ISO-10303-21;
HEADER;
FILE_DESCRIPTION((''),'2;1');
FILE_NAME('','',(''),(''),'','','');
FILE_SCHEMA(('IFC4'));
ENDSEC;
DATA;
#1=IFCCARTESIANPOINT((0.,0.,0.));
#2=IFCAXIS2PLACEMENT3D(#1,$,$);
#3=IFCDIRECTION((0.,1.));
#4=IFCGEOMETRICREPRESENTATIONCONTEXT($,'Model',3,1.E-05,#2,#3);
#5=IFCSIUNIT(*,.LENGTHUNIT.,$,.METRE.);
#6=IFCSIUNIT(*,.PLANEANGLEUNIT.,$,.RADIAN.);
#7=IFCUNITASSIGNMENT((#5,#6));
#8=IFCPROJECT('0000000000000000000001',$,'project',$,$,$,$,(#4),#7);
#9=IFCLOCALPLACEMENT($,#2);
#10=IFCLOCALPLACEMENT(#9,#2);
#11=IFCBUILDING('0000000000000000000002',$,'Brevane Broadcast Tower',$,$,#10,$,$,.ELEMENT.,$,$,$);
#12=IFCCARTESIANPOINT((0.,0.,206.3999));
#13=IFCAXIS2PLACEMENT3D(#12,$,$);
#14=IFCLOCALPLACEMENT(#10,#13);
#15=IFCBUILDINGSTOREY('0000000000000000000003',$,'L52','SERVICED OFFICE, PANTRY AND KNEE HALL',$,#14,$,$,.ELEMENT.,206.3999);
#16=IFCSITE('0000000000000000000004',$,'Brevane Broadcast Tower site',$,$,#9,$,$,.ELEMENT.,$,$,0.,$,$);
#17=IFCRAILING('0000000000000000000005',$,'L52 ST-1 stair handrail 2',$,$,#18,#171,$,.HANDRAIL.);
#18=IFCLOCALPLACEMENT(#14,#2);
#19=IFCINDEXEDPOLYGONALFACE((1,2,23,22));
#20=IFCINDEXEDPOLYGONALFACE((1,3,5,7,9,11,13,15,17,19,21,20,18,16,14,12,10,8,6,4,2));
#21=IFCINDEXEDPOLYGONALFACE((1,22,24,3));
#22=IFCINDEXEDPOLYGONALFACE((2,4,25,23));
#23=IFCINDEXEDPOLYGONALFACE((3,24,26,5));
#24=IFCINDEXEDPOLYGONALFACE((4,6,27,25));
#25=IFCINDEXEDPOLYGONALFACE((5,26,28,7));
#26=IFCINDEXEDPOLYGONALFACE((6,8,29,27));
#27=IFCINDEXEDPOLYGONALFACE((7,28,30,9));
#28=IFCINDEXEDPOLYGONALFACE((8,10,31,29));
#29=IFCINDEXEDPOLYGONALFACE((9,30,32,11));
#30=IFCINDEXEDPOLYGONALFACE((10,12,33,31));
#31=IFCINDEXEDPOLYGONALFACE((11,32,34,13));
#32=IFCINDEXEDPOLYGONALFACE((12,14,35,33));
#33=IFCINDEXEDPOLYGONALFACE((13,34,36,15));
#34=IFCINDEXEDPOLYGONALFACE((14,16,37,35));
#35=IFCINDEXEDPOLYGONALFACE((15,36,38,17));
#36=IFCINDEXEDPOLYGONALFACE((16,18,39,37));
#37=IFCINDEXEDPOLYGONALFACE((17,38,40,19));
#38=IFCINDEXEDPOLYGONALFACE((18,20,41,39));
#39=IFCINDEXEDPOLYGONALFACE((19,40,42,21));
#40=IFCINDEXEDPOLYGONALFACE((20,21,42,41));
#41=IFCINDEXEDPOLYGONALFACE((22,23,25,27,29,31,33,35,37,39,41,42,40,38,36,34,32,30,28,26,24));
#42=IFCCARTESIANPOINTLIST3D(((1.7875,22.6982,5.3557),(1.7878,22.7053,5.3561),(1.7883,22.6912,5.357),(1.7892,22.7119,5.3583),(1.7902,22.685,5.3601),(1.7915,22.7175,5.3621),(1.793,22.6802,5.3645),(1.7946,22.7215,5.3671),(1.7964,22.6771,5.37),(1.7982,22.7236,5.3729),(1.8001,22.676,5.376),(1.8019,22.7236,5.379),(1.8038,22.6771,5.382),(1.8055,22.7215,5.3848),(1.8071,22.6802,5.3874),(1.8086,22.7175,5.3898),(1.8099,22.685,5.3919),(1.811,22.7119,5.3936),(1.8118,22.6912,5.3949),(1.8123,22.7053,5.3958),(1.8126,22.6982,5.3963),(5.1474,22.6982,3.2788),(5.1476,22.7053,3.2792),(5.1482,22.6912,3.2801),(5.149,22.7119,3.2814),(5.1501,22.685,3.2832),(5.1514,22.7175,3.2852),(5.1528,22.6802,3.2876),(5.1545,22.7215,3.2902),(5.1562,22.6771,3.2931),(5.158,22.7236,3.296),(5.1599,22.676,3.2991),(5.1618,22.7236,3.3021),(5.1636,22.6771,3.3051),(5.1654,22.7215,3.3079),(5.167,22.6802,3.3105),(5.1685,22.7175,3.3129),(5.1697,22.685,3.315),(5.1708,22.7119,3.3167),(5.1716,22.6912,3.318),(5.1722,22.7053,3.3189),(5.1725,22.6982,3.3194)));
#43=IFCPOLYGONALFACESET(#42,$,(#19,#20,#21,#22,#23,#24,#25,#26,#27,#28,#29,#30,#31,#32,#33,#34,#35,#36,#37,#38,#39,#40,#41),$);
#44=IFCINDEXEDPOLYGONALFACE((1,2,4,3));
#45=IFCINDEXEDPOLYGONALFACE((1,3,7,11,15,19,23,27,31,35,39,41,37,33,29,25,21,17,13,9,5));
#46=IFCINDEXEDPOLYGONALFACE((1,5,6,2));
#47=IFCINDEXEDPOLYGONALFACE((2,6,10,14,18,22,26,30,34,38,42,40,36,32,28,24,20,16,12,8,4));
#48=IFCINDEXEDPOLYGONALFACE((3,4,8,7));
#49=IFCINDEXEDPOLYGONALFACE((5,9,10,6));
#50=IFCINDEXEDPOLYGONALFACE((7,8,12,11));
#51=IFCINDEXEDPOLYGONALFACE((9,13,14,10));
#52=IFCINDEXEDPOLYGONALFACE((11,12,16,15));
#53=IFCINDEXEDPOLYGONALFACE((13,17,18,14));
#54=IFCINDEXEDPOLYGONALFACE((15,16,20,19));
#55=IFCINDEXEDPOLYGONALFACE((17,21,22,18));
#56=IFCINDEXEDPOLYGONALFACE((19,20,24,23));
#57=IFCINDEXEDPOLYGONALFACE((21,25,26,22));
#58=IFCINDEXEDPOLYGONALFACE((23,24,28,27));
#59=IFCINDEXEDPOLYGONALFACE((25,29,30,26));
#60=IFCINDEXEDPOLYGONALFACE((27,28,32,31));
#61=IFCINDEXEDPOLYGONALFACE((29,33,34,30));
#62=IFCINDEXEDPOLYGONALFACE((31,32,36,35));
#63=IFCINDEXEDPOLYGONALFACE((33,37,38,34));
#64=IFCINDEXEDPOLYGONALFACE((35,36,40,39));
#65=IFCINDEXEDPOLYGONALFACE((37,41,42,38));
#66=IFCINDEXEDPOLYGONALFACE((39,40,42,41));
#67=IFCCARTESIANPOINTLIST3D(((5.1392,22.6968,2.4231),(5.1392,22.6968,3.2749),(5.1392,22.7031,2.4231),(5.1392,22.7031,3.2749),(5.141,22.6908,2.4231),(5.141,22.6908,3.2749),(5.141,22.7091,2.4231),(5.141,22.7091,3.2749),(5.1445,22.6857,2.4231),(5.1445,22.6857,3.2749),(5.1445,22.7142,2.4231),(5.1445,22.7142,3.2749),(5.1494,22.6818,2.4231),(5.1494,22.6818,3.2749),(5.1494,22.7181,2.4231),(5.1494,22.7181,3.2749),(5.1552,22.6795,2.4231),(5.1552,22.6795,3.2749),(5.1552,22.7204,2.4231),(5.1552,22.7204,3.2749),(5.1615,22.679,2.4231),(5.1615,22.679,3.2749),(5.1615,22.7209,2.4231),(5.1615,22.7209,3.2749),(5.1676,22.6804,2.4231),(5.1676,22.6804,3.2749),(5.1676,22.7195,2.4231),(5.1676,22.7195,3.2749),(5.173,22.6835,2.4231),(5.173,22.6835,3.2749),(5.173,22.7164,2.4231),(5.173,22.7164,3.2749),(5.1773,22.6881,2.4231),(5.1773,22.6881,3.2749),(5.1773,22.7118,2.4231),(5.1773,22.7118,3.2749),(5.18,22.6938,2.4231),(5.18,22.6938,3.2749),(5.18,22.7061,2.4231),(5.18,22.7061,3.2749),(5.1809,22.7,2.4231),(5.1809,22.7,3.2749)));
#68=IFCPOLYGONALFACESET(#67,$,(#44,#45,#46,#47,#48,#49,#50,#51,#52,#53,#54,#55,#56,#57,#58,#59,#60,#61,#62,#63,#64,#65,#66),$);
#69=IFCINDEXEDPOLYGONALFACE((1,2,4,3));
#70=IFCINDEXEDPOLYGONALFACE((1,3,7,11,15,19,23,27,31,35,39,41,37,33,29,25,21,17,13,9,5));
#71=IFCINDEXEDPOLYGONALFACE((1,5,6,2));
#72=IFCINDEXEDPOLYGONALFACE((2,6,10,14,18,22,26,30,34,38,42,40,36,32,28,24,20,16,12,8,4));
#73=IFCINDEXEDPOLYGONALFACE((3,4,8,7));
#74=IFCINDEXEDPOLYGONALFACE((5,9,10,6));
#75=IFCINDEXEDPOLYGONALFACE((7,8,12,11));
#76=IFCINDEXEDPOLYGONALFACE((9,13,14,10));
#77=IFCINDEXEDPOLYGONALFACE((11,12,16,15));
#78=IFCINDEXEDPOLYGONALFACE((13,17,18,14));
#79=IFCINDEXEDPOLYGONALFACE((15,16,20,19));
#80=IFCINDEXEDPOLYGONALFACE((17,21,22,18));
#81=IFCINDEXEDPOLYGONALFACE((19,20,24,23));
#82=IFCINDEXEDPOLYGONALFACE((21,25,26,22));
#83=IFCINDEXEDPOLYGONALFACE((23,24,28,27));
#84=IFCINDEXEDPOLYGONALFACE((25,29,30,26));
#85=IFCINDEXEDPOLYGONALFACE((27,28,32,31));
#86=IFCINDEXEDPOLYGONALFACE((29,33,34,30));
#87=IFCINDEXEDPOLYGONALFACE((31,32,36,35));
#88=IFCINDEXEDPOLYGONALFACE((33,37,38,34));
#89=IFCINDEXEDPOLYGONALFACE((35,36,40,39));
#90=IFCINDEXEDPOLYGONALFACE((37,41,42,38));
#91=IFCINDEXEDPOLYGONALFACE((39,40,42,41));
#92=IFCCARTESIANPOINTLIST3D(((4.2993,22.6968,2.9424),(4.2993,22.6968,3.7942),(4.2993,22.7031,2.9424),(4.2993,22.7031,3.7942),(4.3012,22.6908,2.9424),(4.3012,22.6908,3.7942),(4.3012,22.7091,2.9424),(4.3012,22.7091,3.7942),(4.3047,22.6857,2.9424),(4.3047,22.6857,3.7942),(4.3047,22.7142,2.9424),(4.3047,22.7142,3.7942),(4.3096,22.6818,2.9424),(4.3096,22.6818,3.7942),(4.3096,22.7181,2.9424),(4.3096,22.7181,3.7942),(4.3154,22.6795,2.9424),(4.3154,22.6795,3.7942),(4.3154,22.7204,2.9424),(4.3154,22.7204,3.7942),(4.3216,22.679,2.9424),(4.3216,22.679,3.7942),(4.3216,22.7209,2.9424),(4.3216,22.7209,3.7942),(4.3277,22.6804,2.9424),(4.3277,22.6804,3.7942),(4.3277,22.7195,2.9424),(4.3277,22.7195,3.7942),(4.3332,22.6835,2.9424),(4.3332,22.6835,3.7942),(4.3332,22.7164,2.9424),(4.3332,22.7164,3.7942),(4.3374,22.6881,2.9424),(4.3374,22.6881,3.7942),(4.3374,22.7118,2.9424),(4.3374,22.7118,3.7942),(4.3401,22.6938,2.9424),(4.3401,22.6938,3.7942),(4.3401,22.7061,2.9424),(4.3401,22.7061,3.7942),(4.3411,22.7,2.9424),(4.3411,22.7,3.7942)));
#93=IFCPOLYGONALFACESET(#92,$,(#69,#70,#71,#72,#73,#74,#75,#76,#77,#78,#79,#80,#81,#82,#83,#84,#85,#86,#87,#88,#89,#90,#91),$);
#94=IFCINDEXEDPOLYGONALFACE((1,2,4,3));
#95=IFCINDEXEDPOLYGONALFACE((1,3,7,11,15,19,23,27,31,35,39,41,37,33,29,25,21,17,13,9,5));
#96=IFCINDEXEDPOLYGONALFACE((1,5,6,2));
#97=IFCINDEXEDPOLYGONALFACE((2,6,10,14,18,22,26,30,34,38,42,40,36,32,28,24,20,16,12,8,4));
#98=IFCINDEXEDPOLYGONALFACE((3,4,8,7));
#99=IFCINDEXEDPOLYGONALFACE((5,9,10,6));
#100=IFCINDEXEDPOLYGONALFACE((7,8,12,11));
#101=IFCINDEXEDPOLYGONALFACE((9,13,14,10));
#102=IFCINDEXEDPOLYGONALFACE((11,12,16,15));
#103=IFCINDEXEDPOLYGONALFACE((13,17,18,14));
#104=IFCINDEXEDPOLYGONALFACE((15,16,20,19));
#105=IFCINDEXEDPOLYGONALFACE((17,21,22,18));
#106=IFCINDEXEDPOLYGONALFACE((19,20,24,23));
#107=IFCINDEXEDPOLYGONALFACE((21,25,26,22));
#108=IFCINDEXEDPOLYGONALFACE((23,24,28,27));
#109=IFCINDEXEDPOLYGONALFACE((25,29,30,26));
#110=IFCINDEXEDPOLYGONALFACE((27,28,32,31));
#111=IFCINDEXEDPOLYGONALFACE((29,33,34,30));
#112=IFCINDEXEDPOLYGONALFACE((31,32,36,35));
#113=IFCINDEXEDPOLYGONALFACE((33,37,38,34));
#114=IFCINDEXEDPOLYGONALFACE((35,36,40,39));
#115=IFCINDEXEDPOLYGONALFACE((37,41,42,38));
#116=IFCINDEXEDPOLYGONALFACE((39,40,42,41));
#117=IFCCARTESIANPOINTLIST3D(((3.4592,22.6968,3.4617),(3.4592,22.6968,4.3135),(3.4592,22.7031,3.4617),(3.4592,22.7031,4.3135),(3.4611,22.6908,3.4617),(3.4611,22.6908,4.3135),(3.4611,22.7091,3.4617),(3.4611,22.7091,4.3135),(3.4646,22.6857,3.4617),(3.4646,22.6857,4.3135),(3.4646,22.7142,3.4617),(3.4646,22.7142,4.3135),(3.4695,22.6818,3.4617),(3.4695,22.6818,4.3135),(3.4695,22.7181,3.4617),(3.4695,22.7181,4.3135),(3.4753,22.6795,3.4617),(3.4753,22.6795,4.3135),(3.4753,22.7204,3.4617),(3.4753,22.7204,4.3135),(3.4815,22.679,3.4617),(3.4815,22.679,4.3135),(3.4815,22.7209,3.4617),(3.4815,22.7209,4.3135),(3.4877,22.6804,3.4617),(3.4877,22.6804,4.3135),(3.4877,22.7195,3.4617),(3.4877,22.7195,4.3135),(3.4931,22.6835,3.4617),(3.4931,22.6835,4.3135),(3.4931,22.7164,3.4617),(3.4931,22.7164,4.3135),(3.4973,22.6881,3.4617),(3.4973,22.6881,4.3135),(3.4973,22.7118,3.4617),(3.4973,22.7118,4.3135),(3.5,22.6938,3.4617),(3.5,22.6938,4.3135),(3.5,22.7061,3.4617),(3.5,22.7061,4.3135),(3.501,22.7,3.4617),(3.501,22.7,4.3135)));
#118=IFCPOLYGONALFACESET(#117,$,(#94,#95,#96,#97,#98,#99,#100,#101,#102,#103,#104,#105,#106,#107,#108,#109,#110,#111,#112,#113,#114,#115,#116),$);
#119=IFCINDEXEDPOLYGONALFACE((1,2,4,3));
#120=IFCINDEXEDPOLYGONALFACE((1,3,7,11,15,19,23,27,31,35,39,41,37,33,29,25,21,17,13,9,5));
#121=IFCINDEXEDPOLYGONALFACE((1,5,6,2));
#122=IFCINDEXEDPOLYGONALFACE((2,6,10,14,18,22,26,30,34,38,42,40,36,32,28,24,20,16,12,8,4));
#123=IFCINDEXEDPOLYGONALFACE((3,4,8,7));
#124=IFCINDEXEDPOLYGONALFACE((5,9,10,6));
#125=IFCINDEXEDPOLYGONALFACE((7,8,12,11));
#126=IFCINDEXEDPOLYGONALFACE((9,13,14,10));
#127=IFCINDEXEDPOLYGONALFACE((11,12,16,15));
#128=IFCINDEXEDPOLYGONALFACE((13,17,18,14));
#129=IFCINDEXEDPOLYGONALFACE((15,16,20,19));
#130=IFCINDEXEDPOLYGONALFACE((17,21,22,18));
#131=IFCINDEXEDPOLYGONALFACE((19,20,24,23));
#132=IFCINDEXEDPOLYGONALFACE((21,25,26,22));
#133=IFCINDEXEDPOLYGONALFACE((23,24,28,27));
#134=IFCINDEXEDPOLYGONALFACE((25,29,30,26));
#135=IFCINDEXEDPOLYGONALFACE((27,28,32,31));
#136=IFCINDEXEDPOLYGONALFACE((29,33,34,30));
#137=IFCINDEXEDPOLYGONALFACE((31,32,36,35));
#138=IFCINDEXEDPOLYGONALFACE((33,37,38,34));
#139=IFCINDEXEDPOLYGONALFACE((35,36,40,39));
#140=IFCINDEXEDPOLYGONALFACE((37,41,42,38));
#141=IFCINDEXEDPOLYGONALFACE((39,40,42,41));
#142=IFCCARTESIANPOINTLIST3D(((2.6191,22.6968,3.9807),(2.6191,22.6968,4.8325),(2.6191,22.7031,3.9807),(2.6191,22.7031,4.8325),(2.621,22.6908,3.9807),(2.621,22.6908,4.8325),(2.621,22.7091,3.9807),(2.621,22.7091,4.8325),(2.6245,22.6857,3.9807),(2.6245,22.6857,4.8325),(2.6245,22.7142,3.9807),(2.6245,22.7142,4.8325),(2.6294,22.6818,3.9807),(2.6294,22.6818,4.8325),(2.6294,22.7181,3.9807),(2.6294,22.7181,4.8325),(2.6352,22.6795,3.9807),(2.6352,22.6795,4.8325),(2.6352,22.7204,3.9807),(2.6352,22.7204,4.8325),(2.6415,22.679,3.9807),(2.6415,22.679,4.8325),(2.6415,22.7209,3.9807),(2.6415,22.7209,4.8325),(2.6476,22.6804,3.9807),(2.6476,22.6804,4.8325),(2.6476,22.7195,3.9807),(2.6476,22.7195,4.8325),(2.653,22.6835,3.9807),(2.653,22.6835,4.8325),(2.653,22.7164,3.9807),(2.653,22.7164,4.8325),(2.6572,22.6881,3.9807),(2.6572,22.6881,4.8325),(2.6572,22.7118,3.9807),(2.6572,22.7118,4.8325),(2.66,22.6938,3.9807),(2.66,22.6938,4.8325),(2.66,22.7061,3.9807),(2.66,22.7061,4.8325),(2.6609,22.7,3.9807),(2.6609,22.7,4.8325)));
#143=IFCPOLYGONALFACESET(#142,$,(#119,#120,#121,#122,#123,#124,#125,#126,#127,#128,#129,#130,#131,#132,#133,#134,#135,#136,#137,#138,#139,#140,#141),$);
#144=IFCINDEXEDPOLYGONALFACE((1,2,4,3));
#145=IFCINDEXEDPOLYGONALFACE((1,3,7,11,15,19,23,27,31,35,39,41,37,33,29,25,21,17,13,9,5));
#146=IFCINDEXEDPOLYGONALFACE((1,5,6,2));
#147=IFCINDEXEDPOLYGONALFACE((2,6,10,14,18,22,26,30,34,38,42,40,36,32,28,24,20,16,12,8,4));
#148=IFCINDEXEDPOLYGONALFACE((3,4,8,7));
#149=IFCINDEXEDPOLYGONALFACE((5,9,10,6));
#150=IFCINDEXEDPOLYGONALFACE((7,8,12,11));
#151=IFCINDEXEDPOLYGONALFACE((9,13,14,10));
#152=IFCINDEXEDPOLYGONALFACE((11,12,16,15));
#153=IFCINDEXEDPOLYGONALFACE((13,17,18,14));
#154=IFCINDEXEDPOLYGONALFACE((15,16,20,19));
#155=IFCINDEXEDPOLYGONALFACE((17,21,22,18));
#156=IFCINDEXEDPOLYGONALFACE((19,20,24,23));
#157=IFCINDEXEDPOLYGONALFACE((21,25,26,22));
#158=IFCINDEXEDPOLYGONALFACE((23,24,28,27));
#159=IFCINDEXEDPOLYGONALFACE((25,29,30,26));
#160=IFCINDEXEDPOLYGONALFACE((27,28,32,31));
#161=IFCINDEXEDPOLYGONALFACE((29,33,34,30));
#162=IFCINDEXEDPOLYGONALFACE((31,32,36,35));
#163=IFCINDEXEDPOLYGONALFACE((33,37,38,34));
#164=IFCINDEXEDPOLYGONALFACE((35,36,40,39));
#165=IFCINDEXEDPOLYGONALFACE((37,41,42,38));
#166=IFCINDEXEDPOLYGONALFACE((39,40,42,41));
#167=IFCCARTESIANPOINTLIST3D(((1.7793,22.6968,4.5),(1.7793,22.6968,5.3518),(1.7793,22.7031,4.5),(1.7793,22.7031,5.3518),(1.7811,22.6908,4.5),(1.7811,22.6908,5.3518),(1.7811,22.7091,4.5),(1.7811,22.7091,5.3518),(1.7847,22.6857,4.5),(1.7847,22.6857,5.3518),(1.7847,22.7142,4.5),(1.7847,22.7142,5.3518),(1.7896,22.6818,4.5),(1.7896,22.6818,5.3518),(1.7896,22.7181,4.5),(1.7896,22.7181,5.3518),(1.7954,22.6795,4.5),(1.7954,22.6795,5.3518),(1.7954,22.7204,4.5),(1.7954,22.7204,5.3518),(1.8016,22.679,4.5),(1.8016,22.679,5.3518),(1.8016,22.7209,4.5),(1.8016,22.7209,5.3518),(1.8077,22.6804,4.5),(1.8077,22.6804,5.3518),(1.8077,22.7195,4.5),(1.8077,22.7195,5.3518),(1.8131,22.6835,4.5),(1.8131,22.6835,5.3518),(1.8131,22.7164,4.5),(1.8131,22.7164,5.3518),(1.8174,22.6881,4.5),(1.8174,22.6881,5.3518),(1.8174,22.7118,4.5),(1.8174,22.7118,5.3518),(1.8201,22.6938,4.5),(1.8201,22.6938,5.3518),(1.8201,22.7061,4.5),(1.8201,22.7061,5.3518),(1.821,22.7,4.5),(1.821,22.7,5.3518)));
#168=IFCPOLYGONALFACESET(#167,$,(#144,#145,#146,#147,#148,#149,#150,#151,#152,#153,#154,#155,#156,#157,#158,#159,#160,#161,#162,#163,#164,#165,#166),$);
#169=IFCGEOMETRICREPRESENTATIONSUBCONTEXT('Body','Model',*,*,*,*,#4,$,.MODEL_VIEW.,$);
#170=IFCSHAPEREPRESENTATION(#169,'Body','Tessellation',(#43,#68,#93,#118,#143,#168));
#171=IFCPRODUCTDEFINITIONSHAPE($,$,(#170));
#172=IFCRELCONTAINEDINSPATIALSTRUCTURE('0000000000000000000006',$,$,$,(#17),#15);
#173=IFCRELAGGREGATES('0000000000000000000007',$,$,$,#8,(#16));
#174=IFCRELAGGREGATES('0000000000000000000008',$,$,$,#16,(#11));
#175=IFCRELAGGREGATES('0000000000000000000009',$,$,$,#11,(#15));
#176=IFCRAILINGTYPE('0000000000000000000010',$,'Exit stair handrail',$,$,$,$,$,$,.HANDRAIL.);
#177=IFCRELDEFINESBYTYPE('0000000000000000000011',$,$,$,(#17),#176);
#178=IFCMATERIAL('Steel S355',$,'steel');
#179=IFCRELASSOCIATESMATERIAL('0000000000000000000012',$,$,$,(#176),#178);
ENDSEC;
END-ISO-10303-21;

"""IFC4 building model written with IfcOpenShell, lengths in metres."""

from ifc_helpers import new_model, si_unit, direction, frame, origin, origin_2d, place, context, subcontext, project, spatial, circle, extrude, material, type_object, element, save


model = new_model("IFC4")

# Units and contexts
model_context = context("Model", 3, precision=1e-05, world=origin(), true_north=direction((0.0, 1.0)))
body_context = subcontext(model_context, "Body", "Model", "MODEL_VIEW")
ifc_project = project(units=[si_unit("LENGTHUNIT", "METRE"), si_unit("PLANEANGLEUNIT", "RADIAN")], contexts=[model_context])

# Site, building, storey
site_placement = place(None, origin())
site = spatial("IfcSite", under=ifc_project, at=site_placement, Name="Brevane Broadcast Tower site", CompositionType="ELEMENT", RefElevation=0.0)
building_placement = place(site_placement, origin())
building = spatial("IfcBuilding", under=site, at=building_placement, Name="Brevane Broadcast Tower", CompositionType="ELEMENT")
storey_placement = place(building_placement, frame((0.0, 0.0, 206.3999)))
storey = spatial("IfcBuildingStorey", under=building, at=storey_placement, Name="L52", Description="SERVICED OFFICE, PANTRY AND KNEE HALL", CompositionType="ELEMENT", Elevation=206.3999)

# Railing
ifc_material_1 = material(Name="Steel S355", Category="steel")
railing_type_1 = type_object("IfcRailingType", Name="Exit stair handrail", PredefinedType="HANDRAIL", material=ifc_material_1)
railing_1_placement = place(storey_placement, frame((5.1599, 22.7, 2.4231)))
element("IfcRailing", 1, at=railing_1_placement, inside=storey, type_object=railing_type_1, Name="L52 ST-1 stair handrail 2", PredefinedType="HANDRAIL", context=body_context, shape_type="SweptSolid", body=[
    extrude(circle(Radius=0.0239, at=origin_2d()), frame((0.0, 0.0, 0.876), z_axis=(-0.850606, 0.0, 0.525803), x_axis=(0.0, -1.0, 0.0)), (0.0, 0.0, 1.0), 3.95),
    extrude(circle(Radius=0.021, at=origin_2d()), origin(), (0.0, 0.0, 1.0), 0.8518),
    extrude(circle(Radius=0.021, at=origin_2d()), frame((-0.8398, 0.0, 0.5193)), (0.0, 0.0, 1.0), 0.8518),
    extrude(circle(Radius=0.021, at=origin_2d()), frame((-1.6799, 0.0, 1.0386)), (0.0, 0.0, 1.0), 0.8518),
    extrude(circle(Radius=0.021, at=origin_2d()), frame((-2.52, 0.0, 1.5576)), (0.0, 0.0, 1.0), 0.8518),
    extrude(circle(Radius=0.021, at=origin_2d()), frame((-3.3599, 0.0, 2.0769)), (0.0, 0.0, 1.0), 0.8518),
])

save(model, "model.ifc")
